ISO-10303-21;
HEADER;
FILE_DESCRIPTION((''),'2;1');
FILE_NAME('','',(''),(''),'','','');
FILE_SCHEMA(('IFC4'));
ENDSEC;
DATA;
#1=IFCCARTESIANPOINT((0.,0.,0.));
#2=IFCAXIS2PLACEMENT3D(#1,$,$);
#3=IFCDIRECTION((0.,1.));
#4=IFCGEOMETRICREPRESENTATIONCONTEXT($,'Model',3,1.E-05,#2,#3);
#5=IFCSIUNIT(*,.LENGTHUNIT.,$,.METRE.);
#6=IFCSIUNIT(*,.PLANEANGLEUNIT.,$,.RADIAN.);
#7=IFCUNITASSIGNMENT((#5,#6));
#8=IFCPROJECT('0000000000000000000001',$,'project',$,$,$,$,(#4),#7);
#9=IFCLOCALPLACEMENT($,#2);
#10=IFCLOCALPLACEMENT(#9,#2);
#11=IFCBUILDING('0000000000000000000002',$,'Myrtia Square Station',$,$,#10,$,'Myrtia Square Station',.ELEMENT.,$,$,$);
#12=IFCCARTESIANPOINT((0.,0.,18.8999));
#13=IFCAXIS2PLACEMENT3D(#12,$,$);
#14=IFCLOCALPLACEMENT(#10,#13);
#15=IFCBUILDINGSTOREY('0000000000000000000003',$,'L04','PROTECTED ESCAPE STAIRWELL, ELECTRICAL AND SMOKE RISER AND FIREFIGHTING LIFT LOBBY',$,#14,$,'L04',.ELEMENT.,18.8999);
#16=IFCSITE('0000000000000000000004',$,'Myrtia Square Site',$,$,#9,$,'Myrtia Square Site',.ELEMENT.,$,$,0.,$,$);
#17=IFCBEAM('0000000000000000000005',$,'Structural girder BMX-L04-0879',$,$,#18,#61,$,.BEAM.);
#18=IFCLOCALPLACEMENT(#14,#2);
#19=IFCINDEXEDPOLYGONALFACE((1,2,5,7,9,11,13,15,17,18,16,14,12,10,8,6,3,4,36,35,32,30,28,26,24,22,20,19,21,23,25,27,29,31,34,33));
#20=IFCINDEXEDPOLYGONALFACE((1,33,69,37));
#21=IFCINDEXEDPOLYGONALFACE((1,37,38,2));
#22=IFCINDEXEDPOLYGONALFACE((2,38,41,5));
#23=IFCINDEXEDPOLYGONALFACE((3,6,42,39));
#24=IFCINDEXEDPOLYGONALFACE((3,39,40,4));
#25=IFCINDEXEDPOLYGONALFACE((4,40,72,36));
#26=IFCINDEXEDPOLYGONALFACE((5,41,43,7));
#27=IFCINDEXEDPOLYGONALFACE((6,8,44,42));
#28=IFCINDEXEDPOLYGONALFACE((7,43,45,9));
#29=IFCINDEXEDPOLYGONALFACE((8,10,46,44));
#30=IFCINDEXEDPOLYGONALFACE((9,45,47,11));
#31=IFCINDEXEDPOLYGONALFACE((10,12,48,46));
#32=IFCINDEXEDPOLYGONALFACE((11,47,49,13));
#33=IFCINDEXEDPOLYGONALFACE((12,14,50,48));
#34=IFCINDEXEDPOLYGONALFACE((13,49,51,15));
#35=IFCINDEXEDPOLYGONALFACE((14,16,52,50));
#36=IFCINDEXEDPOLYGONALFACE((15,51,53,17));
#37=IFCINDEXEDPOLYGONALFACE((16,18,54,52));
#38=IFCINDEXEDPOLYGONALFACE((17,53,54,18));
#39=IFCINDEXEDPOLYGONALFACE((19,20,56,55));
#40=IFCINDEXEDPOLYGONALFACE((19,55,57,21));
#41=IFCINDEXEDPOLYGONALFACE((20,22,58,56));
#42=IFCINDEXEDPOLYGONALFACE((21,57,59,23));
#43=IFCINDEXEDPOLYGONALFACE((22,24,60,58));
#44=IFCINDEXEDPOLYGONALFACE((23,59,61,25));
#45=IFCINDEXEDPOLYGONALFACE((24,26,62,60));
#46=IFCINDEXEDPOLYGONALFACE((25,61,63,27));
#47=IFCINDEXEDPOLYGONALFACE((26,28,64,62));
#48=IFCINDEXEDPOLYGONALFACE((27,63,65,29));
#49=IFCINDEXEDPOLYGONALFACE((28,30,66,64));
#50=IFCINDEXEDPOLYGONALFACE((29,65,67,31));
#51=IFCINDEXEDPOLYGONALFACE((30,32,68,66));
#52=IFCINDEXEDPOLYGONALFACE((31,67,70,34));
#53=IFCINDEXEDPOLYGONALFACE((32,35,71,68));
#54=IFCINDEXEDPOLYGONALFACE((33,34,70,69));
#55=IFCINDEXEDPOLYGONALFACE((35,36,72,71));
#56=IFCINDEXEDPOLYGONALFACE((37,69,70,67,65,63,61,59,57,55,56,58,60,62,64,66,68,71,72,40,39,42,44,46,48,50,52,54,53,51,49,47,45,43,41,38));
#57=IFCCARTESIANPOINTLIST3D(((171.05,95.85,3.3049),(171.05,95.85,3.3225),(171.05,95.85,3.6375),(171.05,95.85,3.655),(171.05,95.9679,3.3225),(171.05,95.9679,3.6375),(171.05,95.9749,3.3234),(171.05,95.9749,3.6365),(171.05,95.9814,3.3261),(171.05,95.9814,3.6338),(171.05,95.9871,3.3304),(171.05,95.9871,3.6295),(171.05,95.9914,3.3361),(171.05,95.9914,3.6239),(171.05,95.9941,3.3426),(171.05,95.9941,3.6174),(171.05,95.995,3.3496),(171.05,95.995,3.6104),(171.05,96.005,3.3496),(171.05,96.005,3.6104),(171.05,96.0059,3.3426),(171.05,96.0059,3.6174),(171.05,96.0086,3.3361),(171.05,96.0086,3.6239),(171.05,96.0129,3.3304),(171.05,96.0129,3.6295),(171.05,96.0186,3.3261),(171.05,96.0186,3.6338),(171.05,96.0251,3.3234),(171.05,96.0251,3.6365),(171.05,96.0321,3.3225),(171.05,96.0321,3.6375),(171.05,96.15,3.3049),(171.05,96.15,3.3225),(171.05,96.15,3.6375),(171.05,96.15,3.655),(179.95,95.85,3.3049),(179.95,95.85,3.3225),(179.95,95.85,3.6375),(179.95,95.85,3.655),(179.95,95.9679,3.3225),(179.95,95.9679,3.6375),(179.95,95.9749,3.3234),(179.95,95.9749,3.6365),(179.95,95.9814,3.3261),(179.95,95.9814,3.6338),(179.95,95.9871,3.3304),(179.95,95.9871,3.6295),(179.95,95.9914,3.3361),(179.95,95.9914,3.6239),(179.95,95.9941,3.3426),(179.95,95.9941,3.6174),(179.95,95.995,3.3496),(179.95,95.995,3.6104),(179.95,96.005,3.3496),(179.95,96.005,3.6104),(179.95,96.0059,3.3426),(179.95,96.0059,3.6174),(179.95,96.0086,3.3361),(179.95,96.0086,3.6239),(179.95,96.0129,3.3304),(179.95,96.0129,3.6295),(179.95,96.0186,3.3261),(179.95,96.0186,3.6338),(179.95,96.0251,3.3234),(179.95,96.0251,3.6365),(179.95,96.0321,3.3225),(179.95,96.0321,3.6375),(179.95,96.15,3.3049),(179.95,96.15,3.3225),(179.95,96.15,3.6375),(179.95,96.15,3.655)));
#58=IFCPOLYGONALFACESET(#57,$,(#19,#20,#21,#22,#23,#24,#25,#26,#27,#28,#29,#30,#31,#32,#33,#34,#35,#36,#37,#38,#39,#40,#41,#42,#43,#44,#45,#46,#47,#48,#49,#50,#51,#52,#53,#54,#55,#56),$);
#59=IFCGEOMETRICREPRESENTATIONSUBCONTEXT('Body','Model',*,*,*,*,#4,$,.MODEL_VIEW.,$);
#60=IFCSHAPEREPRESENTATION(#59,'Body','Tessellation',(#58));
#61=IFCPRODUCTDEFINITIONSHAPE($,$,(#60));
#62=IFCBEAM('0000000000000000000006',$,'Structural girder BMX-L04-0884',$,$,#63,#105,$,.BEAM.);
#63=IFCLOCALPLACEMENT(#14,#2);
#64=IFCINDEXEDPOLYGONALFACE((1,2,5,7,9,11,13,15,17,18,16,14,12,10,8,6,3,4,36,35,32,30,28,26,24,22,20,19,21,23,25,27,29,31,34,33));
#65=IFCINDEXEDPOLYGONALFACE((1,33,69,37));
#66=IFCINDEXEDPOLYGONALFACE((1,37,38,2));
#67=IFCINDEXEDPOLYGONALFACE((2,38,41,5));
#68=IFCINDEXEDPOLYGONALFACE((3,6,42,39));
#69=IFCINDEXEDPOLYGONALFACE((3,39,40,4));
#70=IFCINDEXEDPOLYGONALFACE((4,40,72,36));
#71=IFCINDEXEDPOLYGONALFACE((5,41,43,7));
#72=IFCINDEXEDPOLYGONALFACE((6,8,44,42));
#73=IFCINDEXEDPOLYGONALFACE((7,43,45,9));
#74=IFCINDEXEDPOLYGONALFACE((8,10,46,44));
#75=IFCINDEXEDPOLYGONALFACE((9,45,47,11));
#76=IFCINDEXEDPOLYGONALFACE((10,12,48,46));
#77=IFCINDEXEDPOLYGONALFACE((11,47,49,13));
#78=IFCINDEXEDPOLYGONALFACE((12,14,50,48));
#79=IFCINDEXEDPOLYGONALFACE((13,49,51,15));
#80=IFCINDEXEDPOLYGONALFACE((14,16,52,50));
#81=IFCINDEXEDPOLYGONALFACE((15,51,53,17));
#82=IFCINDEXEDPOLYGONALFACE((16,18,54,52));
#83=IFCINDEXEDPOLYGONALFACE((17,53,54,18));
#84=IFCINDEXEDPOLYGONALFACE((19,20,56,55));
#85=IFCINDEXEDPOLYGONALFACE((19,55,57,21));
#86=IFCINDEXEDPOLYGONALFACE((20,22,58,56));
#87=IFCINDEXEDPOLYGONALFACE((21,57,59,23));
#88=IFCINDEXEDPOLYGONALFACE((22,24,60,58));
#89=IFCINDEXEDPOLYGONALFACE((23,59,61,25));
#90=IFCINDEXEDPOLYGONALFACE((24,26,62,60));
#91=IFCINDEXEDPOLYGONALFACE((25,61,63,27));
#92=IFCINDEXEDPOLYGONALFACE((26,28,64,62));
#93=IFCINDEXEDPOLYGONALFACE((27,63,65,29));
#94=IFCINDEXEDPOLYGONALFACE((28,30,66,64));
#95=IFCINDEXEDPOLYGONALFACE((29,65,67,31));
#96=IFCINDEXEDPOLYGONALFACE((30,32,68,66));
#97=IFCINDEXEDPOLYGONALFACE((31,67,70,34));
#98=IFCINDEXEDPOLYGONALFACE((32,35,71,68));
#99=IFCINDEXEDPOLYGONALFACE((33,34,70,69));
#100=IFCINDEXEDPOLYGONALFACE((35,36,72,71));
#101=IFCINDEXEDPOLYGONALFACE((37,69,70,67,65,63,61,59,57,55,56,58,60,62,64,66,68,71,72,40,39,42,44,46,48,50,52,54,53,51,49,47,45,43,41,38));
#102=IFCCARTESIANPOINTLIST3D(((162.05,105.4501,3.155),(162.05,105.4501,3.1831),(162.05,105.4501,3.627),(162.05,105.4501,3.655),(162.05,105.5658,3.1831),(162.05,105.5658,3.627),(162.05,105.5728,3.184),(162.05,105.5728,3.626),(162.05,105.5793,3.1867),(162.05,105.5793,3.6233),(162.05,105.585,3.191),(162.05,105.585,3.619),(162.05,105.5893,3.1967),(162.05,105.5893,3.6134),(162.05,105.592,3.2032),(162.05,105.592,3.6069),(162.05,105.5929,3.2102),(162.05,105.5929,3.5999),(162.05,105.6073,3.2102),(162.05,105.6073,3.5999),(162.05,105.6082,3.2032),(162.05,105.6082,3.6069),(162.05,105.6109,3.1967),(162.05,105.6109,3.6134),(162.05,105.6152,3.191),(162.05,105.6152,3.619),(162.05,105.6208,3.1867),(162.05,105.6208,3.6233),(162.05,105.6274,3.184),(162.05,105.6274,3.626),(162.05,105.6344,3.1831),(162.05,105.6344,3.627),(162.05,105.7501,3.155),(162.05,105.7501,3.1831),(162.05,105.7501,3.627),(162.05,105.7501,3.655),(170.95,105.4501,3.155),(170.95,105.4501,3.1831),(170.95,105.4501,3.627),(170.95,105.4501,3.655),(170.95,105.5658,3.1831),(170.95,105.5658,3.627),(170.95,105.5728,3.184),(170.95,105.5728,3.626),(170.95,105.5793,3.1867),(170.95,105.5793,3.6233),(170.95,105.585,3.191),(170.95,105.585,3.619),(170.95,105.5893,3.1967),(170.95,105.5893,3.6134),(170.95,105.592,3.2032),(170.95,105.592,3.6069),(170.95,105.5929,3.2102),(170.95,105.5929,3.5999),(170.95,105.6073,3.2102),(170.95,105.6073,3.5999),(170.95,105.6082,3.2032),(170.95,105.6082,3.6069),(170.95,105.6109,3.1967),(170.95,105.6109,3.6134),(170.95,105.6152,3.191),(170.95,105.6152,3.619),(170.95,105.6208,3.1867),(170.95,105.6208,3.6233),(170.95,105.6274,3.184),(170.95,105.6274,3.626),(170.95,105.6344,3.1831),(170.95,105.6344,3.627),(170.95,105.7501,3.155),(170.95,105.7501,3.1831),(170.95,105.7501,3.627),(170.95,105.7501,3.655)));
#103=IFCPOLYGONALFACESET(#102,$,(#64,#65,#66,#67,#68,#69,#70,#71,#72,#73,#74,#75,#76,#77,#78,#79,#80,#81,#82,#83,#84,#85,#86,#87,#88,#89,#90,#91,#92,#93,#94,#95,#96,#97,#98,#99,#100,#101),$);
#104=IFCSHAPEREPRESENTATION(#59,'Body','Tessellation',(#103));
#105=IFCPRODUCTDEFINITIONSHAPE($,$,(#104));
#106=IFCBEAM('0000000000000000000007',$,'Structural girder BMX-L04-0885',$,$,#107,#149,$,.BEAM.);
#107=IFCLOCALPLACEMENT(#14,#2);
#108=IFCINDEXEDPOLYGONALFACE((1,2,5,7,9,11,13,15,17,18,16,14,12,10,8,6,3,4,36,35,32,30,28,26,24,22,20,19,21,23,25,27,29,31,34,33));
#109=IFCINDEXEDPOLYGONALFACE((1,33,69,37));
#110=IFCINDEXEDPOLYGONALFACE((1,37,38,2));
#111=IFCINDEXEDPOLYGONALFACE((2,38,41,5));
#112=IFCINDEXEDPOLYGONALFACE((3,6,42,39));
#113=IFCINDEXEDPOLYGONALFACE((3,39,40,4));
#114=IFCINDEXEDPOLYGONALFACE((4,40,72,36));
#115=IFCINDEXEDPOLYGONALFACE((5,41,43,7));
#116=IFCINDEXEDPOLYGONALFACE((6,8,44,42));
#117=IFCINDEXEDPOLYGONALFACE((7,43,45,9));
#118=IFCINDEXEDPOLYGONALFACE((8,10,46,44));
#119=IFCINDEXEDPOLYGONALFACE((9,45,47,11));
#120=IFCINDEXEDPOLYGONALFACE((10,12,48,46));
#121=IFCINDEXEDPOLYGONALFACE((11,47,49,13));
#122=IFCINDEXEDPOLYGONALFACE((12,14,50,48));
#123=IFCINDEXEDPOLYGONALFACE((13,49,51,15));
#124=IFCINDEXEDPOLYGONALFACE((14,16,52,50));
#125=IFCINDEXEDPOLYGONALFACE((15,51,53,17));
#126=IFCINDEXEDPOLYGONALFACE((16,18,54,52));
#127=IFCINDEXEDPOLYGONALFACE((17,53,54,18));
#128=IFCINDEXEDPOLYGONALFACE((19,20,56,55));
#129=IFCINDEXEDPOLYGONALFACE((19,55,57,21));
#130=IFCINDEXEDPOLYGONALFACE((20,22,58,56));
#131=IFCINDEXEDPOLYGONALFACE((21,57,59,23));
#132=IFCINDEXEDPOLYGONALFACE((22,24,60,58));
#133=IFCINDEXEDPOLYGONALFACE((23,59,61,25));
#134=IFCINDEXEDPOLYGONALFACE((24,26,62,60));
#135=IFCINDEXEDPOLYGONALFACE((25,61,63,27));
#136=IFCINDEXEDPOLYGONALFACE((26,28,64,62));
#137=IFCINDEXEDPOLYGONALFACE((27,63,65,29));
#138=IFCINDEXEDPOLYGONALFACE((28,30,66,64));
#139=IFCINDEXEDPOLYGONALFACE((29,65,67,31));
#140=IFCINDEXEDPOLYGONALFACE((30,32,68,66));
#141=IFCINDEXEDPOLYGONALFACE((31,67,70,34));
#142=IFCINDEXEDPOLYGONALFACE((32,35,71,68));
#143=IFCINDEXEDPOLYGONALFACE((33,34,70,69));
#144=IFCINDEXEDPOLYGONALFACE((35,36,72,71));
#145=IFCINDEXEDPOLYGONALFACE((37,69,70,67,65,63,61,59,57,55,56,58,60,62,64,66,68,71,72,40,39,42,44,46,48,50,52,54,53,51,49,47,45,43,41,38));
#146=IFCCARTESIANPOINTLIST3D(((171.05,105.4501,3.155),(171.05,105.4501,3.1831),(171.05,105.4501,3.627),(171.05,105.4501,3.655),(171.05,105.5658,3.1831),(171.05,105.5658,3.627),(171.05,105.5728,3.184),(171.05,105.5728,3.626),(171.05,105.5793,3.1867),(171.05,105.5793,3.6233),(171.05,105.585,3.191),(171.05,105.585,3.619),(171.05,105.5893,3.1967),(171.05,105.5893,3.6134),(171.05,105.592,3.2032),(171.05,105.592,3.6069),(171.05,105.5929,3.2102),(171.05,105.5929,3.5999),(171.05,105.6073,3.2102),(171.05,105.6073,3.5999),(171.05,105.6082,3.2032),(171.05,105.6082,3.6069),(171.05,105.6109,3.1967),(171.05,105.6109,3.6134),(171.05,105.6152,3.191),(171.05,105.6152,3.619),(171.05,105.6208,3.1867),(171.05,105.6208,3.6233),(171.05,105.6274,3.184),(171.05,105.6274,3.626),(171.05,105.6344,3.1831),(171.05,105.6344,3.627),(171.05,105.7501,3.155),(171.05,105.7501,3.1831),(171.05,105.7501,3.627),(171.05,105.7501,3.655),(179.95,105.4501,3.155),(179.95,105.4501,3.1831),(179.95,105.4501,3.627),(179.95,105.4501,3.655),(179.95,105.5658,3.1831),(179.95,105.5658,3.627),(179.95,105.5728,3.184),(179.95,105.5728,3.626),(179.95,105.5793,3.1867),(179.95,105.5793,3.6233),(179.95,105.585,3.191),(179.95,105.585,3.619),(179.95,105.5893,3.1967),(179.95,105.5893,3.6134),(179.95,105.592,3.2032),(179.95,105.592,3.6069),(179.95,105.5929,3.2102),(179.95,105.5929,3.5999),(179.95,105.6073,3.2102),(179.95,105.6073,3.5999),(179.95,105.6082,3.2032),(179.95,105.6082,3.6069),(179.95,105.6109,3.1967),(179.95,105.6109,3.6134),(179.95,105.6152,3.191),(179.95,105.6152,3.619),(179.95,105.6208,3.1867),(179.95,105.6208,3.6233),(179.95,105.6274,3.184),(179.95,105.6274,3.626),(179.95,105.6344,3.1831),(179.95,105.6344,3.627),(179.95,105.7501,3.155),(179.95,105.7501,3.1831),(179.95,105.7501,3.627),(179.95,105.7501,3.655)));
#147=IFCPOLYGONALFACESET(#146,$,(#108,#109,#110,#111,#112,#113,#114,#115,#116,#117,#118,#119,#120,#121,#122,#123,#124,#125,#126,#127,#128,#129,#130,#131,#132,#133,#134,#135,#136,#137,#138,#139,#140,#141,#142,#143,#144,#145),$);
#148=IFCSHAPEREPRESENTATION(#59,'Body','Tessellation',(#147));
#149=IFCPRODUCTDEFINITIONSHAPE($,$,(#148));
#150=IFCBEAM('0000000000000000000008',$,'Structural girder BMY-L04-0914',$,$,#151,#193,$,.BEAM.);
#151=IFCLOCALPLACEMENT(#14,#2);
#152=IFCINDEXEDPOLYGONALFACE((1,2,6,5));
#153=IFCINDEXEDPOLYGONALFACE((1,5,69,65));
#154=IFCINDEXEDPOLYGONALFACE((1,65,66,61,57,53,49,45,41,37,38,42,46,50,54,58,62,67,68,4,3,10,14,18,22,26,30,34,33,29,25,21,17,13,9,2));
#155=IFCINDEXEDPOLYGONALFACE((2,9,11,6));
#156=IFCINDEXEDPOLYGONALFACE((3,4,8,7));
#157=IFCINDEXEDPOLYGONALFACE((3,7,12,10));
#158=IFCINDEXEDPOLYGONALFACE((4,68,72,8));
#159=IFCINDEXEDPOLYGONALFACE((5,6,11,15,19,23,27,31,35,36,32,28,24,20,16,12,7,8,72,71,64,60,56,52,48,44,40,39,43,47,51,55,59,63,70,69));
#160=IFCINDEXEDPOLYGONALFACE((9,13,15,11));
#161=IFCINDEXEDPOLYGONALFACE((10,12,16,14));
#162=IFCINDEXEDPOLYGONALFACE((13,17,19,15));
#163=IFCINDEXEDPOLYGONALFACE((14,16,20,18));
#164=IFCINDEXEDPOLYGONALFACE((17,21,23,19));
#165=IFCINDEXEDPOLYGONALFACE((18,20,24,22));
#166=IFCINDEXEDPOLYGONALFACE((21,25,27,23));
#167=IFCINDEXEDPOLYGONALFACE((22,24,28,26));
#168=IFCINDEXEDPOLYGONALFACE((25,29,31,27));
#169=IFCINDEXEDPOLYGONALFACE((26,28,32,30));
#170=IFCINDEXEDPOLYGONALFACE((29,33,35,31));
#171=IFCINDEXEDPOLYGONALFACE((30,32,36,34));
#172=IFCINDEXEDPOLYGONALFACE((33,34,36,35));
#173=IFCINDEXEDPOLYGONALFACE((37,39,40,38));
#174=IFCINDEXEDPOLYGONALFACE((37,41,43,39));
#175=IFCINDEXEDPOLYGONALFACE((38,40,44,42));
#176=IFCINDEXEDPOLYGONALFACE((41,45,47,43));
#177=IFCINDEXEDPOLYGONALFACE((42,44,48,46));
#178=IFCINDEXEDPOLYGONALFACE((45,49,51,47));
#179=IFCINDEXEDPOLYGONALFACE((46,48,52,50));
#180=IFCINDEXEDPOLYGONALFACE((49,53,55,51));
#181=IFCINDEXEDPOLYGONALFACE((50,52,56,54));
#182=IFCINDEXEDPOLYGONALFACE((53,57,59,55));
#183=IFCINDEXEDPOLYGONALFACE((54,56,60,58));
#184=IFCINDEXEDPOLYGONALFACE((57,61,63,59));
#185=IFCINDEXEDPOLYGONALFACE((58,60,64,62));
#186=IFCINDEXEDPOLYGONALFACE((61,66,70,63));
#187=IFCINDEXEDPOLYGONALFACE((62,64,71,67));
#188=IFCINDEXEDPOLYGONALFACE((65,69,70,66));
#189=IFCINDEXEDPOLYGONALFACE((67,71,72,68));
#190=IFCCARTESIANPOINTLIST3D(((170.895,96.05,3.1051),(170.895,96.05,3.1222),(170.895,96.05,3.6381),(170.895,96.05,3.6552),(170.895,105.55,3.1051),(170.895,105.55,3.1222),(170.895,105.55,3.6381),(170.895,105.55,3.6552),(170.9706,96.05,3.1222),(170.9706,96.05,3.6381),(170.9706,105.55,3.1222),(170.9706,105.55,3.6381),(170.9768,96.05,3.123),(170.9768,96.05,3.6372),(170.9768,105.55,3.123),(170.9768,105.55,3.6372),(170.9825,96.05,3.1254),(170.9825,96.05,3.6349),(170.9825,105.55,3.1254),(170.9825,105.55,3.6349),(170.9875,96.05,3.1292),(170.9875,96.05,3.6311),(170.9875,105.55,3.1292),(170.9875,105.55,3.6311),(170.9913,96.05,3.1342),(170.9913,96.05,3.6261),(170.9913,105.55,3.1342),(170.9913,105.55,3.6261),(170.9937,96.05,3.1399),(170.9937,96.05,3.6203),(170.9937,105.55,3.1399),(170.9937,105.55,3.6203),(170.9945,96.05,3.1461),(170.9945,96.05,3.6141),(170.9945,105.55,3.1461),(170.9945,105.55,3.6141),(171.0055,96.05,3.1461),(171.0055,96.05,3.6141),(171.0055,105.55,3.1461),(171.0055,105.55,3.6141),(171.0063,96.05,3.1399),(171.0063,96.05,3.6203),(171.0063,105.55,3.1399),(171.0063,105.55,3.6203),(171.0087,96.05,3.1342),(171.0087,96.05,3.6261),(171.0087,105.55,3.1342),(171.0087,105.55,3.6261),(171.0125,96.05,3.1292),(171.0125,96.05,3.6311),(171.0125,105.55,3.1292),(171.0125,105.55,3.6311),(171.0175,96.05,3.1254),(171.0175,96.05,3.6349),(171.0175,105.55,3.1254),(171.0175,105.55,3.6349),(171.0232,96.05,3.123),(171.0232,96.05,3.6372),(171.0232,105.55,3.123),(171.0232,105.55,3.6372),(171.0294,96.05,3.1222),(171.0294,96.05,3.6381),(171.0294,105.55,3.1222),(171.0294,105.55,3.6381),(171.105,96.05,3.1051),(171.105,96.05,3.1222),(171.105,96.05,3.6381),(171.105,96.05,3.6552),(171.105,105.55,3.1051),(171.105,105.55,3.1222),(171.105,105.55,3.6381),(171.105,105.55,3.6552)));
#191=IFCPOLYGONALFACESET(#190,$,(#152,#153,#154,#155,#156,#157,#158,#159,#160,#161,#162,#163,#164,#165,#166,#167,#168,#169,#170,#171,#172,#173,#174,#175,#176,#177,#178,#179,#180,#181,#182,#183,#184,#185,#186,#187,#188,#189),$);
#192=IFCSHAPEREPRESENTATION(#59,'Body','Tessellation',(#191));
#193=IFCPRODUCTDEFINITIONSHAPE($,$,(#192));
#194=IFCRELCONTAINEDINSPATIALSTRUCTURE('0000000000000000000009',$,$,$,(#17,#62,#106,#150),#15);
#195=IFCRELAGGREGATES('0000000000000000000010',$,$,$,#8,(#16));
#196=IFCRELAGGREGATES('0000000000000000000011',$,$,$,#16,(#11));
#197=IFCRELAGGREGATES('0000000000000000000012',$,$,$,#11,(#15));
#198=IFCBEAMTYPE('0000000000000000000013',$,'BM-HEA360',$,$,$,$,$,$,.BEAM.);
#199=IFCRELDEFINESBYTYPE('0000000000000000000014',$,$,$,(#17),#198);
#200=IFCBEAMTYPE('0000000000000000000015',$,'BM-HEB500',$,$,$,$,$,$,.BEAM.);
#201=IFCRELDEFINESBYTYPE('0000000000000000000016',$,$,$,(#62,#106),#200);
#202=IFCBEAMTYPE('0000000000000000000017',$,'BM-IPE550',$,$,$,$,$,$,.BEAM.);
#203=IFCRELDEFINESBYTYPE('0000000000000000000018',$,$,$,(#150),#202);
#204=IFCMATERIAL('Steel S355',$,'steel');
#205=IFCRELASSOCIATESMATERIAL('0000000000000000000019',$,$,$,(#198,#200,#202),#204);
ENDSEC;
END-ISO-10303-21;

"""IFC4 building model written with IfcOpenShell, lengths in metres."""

from ifc_helpers import new_model, si_unit, direction, frame, origin, origin_2d, place, context, subcontext, project, spatial, i_section, extrude, material, material_profile, profile_set, type_object, element, save


model = new_model("IFC4")

# Units and contexts
model_context = context("Model", 3, precision=1e-05, world=origin(), true_north=direction((0.0, 1.0)))
body_context = subcontext(model_context, "Body", "Model", "MODEL_VIEW")
ifc_project = project(units=[si_unit("LENGTHUNIT", "METRE"), si_unit("PLANEANGLEUNIT", "RADIAN")], contexts=[model_context])

# Site, building, storey
site_placement = place(None, origin())
site = spatial("IfcSite", under=ifc_project, at=site_placement, Name="Myrtia Square Site", LongName="Myrtia Square Site", CompositionType="ELEMENT", RefElevation=0.0)
building_placement = place(site_placement, origin())
building = spatial("IfcBuilding", under=site, at=building_placement, Name="Myrtia Square Station", LongName="Myrtia Square Station", CompositionType="ELEMENT")
storey_placement = place(building_placement, frame((0.0, 0.0, 18.8999)))
storey = spatial("IfcBuildingStorey", under=building, at=storey_placement, Name="L04", Description="PROTECTED ESCAPE STAIRWELL, ELECTRICAL AND SMOKE RISER AND FIREFIGHTING LIFT LOBBY", LongName="L04", CompositionType="ELEMENT", Elevation=18.8999)

# Shared definitions
ifc_material_1 = material(Name="Steel S355", Category="steel")

# Beams
ifc_material_profile_1 = material_profile(ifc_material_1, i_section(OverallWidth=0.3, OverallDepth=0.3501, WebThickness=0.01, FlangeThickness=0.0176, FilletRadius=0.0271, at=origin_2d()), Name="HEA 360")
ifc_profile_set_1 = profile_set([ifc_material_profile_1], Name="Steel S355")
beam_type_1 = type_object("IfcBeamType", Name="BM-HEA360", PredefinedType="BEAM", material=ifc_profile_set_1)
beam_1_placement = place(storey_placement, frame((171.05, 96.0, 3.48), z_axis=(1.0, 0.0, 0.0), x_axis=(0.0, 1.0, 0.0)))
element("IfcBeam", 1, at=beam_1_placement, inside=storey, type_object=beam_type_1, Name="Structural girder BMX-L04-0879", PredefinedType="BEAM", context=body_context, shape_type="SweptSolid", body=[
    extrude(i_section(OverallWidth=0.3, OverallDepth=0.3501, WebThickness=0.01, FlangeThickness=0.0176, FilletRadius=0.0271, at=origin_2d()), origin(), (0.0, 0.0, 1.0), 8.8999),
])
ifc_material_profile_2 = material_profile(ifc_material_1, i_section(OverallWidth=0.3, OverallDepth=0.5, WebThickness=0.0144, FlangeThickness=0.0281, FilletRadius=0.0271, at=origin_2d()), Name="HEB 500")
ifc_profile_set_2 = profile_set([ifc_material_profile_2], Name="Steel S355")
beam_type_2 = type_object("IfcBeamType", Name="BM-HEB500", PredefinedType="BEAM", material=ifc_profile_set_2)
for number, where, z_axis, x_axis, name in (
    (2, (162.05, 105.6001, 3.405), (1.0, 0.0, 0.0), (0.0, 1.0, 0.0), "Structural girder BMX-L04-0884"),
    (3, (171.05, 105.6001, 3.405), (1.0, 0.0, 0.0), (0.0, 1.0, 0.0), "Structural girder BMX-L04-0885"),
):
    element("IfcBeam", number, at=place(storey_placement, frame(where, z_axis=z_axis, x_axis=x_axis)), inside=storey, type_object=beam_type_2, Name=name, PredefinedType="BEAM", context=body_context, shape_type="SweptSolid", body=[
        extrude(i_section(OverallWidth=0.3, OverallDepth=0.5, WebThickness=0.0144, FlangeThickness=0.0281, FilletRadius=0.0271, at=origin_2d()), origin(), (0.0, 0.0, 1.0), 8.8999),
    ])
ifc_material_profile_3 = material_profile(ifc_material_1, i_section(OverallWidth=0.21, OverallDepth=0.55, WebThickness=0.011, FlangeThickness=0.0171, FilletRadius=0.0239, at=origin_2d()), Name="IPE 550")
ifc_profile_set_3 = profile_set([ifc_material_profile_3], Name="Steel S355")
beam_type_3 = type_object("IfcBeamType", Name="BM-IPE550", PredefinedType="BEAM", material=ifc_profile_set_3)
beam_2_placement = place(storey_placement, frame((171.0, 96.05, 3.3801), z_axis=(0.0, 1.0, 0.0), x_axis=(-1.0, 0.0, 0.0)))
element("IfcBeam", 4, at=beam_2_placement, inside=storey, type_object=beam_type_3, Name="Structural girder BMY-L04-0914", PredefinedType="BEAM", context=body_context, shape_type="SweptSolid", body=[
    extrude(i_section(OverallWidth=0.21, OverallDepth=0.55, WebThickness=0.011, FlangeThickness=0.0171, FilletRadius=0.0239, at=origin_2d()), origin(), (0.0, 0.0, 1.0), 9.5),
])

save(model, "model.ifc")
